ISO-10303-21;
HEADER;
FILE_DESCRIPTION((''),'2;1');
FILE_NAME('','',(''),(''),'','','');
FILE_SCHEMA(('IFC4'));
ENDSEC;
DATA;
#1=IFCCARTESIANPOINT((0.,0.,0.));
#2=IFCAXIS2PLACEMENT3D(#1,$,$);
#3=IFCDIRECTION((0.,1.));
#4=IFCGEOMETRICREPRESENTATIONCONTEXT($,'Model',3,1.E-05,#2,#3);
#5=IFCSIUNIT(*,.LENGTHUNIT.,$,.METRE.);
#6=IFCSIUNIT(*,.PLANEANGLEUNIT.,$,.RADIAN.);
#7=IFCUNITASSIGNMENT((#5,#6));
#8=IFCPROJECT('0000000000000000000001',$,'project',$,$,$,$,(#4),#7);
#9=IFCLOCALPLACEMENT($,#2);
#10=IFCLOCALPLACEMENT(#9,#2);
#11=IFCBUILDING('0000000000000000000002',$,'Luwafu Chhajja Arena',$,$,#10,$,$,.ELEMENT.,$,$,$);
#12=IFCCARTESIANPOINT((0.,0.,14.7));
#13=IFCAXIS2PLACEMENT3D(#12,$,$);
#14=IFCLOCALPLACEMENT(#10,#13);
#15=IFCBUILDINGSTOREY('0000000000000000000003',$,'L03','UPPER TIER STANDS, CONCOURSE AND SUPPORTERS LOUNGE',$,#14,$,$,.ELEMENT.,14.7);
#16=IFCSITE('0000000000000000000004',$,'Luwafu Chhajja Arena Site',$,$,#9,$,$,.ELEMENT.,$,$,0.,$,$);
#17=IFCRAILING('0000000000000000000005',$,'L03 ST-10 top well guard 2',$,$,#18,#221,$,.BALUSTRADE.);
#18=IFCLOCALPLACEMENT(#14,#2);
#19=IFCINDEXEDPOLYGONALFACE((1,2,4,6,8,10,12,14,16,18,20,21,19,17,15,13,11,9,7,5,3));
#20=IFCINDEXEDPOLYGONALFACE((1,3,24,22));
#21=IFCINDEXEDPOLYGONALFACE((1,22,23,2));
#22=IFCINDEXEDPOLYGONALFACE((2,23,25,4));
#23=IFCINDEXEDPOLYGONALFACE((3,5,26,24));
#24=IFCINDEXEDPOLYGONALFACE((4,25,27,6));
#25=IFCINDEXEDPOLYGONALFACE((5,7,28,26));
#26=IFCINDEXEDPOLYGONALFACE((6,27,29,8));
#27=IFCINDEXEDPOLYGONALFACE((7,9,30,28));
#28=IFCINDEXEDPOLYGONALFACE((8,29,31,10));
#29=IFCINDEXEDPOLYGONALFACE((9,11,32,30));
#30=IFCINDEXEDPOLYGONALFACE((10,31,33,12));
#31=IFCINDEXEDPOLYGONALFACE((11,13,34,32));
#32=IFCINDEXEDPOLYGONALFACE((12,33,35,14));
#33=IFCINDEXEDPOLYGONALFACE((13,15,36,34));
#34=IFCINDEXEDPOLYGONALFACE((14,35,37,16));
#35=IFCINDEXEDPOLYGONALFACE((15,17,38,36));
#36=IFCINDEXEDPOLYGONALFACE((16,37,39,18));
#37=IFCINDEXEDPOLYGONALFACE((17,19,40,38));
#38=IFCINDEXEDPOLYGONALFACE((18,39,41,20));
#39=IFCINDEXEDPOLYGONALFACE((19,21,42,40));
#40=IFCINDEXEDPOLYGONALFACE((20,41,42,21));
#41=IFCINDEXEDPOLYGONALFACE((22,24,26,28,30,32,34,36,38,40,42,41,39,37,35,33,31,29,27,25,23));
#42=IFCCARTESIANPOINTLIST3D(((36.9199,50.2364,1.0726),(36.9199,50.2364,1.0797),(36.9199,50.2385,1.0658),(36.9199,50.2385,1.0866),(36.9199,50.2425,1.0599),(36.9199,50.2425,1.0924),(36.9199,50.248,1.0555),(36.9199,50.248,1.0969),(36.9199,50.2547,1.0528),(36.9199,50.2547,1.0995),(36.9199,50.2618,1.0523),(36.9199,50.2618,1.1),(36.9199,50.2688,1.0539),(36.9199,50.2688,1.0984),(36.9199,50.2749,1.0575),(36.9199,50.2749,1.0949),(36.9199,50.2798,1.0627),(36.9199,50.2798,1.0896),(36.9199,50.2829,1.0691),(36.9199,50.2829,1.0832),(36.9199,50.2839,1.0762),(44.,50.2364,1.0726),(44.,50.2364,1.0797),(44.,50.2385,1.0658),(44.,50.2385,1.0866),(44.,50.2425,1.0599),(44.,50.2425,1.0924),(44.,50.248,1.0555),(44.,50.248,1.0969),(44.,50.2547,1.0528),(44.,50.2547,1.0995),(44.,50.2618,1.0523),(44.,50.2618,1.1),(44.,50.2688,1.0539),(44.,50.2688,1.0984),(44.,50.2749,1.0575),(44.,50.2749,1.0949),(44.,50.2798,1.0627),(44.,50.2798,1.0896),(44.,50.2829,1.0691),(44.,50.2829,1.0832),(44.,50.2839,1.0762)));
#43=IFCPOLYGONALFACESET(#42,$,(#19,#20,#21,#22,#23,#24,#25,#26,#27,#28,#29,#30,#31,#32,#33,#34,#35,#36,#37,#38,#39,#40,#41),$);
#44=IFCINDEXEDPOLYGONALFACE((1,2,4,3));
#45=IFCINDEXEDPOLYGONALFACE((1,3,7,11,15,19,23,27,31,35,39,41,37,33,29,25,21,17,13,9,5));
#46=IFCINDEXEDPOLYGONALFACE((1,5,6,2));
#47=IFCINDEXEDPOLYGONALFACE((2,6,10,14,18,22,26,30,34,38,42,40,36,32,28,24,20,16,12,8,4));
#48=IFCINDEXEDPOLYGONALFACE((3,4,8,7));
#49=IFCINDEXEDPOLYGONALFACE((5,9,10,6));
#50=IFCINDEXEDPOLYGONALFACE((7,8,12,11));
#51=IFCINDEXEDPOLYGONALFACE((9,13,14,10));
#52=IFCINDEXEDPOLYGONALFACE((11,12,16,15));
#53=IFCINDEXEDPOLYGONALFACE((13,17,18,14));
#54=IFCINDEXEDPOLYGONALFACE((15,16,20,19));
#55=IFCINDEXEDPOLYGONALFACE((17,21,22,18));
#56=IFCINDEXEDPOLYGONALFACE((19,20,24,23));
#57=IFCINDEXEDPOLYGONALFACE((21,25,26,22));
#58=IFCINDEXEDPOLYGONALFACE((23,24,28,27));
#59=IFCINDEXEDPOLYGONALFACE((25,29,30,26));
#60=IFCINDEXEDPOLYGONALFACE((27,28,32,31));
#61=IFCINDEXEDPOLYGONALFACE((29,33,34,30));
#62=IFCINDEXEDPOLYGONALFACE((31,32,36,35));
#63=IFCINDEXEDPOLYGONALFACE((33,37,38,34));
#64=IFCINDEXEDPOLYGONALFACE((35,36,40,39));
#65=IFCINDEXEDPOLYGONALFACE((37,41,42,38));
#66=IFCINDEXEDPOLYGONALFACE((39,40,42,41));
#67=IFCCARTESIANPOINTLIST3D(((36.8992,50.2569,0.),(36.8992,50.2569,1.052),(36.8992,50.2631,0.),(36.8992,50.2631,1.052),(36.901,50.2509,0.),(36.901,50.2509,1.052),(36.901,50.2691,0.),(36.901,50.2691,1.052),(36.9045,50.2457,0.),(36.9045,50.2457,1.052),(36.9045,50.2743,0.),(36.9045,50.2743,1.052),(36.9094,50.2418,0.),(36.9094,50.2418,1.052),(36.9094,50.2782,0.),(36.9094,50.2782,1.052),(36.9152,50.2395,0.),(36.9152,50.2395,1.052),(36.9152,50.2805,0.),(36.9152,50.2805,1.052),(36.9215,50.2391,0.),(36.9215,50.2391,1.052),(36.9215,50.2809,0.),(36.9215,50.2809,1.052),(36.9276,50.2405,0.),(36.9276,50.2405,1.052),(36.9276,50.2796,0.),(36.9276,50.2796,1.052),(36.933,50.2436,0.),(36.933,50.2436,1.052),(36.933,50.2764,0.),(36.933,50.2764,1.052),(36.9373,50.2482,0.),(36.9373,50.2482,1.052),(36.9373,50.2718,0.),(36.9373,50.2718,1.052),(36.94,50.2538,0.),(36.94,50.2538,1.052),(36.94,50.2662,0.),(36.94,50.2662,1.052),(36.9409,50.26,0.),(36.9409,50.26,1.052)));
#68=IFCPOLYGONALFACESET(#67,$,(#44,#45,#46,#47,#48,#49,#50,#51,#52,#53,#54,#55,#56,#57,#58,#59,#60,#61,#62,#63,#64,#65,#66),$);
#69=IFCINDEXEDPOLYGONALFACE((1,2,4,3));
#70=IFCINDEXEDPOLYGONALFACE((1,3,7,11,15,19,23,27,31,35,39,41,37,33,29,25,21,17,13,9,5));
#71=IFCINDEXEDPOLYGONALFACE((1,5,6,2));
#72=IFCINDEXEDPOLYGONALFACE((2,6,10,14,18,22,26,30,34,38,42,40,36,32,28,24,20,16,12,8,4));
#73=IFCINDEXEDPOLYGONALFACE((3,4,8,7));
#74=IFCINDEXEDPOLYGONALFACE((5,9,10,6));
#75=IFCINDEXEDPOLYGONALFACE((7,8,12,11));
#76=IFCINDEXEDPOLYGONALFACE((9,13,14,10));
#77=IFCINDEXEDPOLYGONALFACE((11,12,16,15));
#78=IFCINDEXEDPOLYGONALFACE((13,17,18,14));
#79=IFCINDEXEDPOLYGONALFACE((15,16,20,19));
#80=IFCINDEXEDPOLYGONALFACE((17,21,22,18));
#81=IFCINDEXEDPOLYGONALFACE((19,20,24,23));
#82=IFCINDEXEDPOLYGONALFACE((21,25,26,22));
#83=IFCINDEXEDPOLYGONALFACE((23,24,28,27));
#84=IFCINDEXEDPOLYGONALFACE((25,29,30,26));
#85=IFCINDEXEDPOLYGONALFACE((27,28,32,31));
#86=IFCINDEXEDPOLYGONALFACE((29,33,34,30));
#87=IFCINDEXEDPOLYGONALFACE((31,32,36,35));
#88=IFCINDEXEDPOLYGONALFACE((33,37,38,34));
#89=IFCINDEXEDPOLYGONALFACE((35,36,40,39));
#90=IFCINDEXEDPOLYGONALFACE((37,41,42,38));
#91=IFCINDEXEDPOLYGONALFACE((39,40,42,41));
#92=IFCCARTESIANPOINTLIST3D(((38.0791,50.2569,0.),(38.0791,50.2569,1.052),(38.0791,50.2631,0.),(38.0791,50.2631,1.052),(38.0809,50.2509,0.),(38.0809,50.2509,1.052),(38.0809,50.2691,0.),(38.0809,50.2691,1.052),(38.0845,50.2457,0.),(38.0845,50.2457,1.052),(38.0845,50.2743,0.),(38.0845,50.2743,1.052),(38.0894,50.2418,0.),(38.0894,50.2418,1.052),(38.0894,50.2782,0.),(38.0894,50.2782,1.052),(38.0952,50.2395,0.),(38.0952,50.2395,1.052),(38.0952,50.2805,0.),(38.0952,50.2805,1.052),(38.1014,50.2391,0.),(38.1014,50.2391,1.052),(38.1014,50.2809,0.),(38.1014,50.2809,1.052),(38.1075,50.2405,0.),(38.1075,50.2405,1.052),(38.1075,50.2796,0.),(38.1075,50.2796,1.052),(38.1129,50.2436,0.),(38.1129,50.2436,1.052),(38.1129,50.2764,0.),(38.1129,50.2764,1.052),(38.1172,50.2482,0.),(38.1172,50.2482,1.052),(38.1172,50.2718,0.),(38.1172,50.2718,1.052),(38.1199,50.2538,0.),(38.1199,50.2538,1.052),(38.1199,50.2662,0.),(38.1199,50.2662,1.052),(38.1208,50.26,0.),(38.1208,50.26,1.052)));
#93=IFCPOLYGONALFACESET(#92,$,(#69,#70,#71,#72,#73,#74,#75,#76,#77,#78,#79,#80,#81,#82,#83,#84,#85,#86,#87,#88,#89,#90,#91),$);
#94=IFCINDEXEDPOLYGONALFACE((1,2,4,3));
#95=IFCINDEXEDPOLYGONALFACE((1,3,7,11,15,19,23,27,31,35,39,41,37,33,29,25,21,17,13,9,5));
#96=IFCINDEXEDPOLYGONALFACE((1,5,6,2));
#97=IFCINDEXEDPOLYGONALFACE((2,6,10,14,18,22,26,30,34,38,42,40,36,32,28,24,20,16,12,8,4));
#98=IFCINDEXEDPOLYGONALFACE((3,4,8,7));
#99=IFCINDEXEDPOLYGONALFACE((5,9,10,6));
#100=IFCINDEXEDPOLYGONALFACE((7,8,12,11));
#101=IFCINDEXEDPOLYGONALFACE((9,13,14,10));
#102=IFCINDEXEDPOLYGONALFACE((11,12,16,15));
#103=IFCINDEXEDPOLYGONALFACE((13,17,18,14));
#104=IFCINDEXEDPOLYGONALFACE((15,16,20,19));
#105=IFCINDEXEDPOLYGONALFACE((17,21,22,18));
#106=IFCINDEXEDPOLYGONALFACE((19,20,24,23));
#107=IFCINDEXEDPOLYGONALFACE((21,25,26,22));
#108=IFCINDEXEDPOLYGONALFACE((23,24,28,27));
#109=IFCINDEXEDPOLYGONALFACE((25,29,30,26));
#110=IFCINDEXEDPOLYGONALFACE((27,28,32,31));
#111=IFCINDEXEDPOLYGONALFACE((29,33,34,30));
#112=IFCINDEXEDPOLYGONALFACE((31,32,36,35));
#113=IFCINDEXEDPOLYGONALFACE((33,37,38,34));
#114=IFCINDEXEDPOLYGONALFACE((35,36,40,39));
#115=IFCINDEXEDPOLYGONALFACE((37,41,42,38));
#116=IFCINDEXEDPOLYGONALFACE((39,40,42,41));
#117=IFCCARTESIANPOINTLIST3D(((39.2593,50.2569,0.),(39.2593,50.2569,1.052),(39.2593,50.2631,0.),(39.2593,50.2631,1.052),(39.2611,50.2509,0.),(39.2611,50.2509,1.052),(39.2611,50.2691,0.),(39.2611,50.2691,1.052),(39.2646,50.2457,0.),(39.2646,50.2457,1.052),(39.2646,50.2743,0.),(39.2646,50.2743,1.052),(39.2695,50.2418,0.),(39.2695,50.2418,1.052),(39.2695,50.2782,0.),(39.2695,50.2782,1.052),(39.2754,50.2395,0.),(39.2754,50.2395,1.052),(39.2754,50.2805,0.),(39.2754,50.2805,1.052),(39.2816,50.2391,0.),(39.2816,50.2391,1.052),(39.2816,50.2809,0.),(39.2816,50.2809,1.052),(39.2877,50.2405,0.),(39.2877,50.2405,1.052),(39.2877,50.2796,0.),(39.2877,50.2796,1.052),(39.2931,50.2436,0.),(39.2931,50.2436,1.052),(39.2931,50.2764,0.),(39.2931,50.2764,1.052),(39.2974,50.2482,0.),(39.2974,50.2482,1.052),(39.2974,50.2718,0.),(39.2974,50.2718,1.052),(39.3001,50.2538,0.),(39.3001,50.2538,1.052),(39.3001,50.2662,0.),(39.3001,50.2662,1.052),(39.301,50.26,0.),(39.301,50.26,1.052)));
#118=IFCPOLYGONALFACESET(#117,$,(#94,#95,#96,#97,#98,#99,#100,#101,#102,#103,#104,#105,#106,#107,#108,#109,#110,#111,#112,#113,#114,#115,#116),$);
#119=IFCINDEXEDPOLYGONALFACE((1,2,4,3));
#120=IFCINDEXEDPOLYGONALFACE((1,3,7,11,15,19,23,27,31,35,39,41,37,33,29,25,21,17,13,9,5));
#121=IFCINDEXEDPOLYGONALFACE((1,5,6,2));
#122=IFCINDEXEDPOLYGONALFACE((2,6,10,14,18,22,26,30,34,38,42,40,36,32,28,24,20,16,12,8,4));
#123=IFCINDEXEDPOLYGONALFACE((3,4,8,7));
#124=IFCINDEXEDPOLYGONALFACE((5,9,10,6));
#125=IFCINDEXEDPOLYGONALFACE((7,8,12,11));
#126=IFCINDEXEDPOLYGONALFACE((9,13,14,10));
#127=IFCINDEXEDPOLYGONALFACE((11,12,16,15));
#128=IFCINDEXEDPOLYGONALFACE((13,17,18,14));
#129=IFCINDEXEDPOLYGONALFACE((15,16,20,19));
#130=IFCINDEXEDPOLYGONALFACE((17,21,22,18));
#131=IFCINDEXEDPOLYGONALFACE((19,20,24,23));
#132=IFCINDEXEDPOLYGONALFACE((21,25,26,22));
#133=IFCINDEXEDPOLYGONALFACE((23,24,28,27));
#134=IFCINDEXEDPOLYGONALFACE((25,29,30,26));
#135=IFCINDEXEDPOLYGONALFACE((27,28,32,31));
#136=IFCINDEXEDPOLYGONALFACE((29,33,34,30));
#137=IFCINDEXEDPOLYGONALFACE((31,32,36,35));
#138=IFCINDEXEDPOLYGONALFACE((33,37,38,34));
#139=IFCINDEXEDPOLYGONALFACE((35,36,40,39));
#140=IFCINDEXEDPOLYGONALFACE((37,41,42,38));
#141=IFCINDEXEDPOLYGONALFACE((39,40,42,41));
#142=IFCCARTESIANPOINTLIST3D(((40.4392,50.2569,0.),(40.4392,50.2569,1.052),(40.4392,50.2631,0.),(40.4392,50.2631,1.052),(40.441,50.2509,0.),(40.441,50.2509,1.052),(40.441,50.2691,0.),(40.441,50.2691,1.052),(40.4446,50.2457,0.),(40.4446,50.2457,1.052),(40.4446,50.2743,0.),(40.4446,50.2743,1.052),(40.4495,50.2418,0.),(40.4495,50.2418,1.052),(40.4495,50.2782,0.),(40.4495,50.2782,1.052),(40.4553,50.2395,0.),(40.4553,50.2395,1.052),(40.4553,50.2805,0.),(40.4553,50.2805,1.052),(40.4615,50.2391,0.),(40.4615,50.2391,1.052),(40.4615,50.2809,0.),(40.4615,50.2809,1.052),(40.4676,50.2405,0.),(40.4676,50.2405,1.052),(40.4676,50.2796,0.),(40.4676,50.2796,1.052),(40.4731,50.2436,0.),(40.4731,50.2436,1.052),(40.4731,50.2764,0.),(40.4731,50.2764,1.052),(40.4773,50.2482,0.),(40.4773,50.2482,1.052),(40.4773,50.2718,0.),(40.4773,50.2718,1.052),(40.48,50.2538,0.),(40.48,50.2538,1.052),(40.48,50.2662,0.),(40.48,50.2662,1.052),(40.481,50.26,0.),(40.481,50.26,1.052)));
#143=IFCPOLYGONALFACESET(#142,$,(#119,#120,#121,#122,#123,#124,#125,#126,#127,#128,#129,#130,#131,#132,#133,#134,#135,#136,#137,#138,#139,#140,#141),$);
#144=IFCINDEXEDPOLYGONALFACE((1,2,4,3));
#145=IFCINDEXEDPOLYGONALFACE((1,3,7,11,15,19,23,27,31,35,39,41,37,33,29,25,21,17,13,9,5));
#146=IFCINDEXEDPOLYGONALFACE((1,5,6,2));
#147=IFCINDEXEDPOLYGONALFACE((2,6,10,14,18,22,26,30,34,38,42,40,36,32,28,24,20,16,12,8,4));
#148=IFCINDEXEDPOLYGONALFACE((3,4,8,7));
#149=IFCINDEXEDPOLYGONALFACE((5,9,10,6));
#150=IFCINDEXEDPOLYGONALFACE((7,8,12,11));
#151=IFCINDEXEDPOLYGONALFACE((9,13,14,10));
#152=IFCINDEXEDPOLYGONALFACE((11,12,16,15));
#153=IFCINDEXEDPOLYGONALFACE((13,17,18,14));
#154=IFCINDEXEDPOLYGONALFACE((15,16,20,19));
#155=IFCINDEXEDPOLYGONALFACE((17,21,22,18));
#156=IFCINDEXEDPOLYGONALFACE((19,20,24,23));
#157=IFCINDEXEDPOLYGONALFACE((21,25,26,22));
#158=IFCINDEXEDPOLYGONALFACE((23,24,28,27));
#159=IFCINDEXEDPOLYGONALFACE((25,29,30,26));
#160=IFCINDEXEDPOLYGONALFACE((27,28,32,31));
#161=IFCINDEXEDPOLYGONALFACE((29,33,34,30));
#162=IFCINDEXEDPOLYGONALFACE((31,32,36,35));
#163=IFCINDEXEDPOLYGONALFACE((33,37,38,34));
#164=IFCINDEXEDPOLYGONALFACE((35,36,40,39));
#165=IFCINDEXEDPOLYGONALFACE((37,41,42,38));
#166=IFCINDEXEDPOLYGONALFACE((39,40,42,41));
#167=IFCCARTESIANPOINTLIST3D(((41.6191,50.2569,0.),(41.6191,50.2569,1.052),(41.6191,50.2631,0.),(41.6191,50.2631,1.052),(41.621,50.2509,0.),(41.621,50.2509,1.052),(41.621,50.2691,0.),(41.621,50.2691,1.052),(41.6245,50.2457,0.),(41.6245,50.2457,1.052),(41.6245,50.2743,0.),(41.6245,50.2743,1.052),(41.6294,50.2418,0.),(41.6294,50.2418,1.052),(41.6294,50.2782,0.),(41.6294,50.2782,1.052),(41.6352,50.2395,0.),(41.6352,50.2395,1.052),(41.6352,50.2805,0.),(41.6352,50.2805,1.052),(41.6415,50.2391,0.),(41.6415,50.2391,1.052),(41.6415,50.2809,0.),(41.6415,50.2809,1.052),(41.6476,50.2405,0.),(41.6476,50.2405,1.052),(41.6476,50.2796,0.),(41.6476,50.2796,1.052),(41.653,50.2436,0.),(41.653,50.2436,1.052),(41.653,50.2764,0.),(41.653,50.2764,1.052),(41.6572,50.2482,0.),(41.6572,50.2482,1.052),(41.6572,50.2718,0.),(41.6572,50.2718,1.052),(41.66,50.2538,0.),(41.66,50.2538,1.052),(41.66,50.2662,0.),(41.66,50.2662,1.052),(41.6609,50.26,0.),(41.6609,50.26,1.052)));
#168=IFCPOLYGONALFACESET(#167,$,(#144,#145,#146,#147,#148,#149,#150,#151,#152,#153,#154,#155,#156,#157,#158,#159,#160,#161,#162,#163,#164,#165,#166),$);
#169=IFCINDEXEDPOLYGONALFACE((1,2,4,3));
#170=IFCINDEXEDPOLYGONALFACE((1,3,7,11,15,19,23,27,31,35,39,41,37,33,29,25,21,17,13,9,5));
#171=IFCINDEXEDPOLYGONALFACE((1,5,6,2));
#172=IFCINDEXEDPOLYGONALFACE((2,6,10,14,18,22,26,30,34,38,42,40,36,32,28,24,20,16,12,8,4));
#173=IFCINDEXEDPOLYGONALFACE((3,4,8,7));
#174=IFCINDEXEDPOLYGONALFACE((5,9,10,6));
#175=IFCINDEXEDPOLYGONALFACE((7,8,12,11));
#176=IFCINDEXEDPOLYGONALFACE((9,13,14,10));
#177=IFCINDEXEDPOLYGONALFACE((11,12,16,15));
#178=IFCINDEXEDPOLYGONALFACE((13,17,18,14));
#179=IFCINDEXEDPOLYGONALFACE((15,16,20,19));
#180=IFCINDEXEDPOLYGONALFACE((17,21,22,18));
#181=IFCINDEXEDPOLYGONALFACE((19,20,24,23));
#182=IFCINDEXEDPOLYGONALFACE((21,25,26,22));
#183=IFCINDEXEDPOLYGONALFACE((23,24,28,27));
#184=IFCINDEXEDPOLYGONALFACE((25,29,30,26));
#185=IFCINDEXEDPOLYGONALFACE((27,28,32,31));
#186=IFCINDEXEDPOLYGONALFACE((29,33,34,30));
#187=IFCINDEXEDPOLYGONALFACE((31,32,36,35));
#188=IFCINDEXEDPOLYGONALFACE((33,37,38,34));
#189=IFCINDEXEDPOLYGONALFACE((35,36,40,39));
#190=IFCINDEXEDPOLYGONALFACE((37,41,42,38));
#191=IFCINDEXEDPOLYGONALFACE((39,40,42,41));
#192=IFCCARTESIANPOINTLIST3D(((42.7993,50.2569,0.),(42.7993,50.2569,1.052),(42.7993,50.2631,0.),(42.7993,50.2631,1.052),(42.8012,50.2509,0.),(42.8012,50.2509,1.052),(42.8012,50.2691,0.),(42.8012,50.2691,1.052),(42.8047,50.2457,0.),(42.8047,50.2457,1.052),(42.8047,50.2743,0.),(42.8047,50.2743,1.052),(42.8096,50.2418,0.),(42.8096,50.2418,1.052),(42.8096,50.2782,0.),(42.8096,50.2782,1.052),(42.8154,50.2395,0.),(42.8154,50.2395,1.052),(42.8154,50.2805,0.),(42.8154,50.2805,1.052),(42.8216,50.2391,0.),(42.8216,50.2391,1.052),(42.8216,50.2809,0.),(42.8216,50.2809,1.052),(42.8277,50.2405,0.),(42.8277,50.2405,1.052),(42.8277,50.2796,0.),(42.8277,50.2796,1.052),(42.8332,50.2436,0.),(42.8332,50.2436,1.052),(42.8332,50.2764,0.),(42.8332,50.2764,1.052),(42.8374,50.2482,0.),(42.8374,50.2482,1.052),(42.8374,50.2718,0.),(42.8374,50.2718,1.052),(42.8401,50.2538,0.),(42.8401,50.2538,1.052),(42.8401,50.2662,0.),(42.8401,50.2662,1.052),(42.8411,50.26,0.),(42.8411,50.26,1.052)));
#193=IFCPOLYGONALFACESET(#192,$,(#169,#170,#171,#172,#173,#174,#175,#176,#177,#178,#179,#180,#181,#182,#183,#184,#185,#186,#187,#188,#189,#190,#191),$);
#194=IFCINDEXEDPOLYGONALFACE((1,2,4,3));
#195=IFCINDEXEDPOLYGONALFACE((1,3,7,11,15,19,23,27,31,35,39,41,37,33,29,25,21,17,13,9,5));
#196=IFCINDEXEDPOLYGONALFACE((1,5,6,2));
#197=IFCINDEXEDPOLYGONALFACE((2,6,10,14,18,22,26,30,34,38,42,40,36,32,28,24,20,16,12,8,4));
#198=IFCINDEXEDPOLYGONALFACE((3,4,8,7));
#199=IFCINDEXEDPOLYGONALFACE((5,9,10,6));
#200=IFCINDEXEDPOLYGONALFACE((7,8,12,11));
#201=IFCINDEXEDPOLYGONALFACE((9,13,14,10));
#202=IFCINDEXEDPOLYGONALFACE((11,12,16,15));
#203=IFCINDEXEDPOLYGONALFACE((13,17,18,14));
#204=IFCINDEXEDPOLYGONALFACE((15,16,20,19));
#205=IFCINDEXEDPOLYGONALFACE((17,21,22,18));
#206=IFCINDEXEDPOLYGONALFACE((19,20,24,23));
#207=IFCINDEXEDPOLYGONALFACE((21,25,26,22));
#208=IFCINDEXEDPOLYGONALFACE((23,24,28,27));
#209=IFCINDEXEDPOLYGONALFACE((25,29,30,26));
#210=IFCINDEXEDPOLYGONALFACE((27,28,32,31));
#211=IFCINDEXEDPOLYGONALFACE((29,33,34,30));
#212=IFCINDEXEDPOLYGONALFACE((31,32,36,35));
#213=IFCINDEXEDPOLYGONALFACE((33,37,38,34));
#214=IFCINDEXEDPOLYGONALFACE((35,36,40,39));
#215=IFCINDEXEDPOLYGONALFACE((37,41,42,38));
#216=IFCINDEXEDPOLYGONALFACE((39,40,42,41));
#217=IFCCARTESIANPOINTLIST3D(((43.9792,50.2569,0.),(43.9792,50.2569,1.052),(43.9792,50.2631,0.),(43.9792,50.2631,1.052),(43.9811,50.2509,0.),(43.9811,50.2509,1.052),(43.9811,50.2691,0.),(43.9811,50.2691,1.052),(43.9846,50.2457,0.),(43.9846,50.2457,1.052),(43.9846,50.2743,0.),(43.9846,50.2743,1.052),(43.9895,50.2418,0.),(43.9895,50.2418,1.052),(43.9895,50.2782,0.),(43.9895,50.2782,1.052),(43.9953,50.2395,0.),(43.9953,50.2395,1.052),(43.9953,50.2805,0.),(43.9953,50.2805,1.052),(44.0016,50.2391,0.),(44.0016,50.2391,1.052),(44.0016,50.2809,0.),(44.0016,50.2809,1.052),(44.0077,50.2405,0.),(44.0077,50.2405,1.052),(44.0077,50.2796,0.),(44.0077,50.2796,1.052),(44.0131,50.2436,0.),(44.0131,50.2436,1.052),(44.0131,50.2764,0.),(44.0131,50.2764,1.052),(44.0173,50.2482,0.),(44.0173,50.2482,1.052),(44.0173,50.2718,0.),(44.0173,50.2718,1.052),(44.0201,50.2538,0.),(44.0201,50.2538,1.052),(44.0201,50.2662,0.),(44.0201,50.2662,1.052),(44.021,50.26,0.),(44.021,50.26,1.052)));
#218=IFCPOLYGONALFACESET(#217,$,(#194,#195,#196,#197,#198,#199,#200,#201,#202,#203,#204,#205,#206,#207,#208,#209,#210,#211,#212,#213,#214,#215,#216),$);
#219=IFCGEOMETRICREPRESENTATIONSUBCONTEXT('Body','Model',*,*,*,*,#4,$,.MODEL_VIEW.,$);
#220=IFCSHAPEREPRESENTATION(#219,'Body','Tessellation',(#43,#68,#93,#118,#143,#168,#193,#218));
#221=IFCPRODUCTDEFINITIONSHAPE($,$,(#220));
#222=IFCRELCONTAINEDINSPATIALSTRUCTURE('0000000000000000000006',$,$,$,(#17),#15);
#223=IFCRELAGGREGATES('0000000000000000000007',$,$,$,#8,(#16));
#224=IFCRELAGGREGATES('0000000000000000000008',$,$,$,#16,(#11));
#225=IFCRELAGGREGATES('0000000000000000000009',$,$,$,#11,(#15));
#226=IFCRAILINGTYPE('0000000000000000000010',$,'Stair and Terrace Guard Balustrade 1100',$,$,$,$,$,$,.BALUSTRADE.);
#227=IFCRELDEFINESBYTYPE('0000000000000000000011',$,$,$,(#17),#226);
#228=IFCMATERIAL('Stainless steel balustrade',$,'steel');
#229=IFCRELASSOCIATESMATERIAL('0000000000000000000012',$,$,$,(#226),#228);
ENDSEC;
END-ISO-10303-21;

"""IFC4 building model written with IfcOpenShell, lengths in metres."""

from ifc_helpers import new_model, si_unit, direction, frame, origin, origin_2d, place, context, subcontext, project, spatial, circle, extrude, material, type_object, element, save


model = new_model("IFC4")

# Units and contexts
model_context = context("Model", 3, precision=1e-05, world=origin(), true_north=direction((0.0, 1.0)))
body_context = subcontext(model_context, "Body", "Model", "MODEL_VIEW")
ifc_project = project(units=[si_unit("LENGTHUNIT", "METRE"), si_unit("PLANEANGLEUNIT", "RADIAN")], contexts=[model_context])

# Site, building, storey
site_placement = place(None, origin())
site = spatial("IfcSite", under=ifc_project, at=site_placement, Name="Luwafu Chhajja Arena Site", CompositionType="ELEMENT", RefElevation=0.0)
building_placement = place(site_placement, origin())
building = spatial("IfcBuilding", under=site, at=building_placement, Name="Luwafu Chhajja Arena", CompositionType="ELEMENT")
storey_placement = place(building_placement, frame((0.0, 0.0, 14.7)))
storey = spatial("IfcBuildingStorey", under=building, at=storey_placement, Name="L03", Description="UPPER TIER STANDS, CONCOURSE AND SUPPORTERS LOUNGE", CompositionType="ELEMENT", Elevation=14.7)

# Railing
ifc_material_1 = material(Name="Stainless steel balustrade", Category="steel")
railing_type = type_object("IfcRailingType", Name="Stair and Terrace Guard Balustrade 1100", PredefinedType="BALUSTRADE", material=ifc_material_1)
for number, where, name in (
    (1, (36.9199, 50.26, 0.0), "L03 ST-10 top well guard 2"),
):
    element("IfcRailing", number, at=place(storey_placement, frame(where)), inside=storey, type_object=railing_type, Name=name, PredefinedType="BALUSTRADE", context=body_context, shape_type="SweptSolid", body=[
        extrude(circle(Radius=0.0239, at=origin_2d()), frame((0.0, 0.0, 1.0762), z_axis=(1.0, 0.0, 0.0), x_axis=(0.0, 1.0, 0.0)), (0.0, 0.0, 1.0), 7.0801),
        extrude(circle(Radius=0.021, at=origin_2d()), origin(), (0.0, 0.0, 1.0), 1.052),
        extrude(circle(Radius=0.021, at=origin_2d()), frame((1.1799, 0.0, 0.0)), (0.0, 0.0, 1.0), 1.052),
        extrude(circle(Radius=0.021, at=origin_2d()), frame((2.3601, 0.0, 0.0)), (0.0, 0.0, 1.0), 1.052),
        extrude(circle(Radius=0.021, at=origin_2d()), frame((3.54, 0.0, 0.0)), (0.0, 0.0, 1.0), 1.052),
        extrude(circle(Radius=0.021, at=origin_2d()), frame((4.72, 0.0, 0.0)), (0.0, 0.0, 1.0), 1.052),
        extrude(circle(Radius=0.021, at=origin_2d()), frame((5.9001, 0.0, 0.0)), (0.0, 0.0, 1.0), 1.052),
        extrude(circle(Radius=0.021, at=origin_2d()), frame((7.0801, 0.0, 0.0)), (0.0, 0.0, 1.0), 1.052),
    ])

save(model, "model.ifc")
